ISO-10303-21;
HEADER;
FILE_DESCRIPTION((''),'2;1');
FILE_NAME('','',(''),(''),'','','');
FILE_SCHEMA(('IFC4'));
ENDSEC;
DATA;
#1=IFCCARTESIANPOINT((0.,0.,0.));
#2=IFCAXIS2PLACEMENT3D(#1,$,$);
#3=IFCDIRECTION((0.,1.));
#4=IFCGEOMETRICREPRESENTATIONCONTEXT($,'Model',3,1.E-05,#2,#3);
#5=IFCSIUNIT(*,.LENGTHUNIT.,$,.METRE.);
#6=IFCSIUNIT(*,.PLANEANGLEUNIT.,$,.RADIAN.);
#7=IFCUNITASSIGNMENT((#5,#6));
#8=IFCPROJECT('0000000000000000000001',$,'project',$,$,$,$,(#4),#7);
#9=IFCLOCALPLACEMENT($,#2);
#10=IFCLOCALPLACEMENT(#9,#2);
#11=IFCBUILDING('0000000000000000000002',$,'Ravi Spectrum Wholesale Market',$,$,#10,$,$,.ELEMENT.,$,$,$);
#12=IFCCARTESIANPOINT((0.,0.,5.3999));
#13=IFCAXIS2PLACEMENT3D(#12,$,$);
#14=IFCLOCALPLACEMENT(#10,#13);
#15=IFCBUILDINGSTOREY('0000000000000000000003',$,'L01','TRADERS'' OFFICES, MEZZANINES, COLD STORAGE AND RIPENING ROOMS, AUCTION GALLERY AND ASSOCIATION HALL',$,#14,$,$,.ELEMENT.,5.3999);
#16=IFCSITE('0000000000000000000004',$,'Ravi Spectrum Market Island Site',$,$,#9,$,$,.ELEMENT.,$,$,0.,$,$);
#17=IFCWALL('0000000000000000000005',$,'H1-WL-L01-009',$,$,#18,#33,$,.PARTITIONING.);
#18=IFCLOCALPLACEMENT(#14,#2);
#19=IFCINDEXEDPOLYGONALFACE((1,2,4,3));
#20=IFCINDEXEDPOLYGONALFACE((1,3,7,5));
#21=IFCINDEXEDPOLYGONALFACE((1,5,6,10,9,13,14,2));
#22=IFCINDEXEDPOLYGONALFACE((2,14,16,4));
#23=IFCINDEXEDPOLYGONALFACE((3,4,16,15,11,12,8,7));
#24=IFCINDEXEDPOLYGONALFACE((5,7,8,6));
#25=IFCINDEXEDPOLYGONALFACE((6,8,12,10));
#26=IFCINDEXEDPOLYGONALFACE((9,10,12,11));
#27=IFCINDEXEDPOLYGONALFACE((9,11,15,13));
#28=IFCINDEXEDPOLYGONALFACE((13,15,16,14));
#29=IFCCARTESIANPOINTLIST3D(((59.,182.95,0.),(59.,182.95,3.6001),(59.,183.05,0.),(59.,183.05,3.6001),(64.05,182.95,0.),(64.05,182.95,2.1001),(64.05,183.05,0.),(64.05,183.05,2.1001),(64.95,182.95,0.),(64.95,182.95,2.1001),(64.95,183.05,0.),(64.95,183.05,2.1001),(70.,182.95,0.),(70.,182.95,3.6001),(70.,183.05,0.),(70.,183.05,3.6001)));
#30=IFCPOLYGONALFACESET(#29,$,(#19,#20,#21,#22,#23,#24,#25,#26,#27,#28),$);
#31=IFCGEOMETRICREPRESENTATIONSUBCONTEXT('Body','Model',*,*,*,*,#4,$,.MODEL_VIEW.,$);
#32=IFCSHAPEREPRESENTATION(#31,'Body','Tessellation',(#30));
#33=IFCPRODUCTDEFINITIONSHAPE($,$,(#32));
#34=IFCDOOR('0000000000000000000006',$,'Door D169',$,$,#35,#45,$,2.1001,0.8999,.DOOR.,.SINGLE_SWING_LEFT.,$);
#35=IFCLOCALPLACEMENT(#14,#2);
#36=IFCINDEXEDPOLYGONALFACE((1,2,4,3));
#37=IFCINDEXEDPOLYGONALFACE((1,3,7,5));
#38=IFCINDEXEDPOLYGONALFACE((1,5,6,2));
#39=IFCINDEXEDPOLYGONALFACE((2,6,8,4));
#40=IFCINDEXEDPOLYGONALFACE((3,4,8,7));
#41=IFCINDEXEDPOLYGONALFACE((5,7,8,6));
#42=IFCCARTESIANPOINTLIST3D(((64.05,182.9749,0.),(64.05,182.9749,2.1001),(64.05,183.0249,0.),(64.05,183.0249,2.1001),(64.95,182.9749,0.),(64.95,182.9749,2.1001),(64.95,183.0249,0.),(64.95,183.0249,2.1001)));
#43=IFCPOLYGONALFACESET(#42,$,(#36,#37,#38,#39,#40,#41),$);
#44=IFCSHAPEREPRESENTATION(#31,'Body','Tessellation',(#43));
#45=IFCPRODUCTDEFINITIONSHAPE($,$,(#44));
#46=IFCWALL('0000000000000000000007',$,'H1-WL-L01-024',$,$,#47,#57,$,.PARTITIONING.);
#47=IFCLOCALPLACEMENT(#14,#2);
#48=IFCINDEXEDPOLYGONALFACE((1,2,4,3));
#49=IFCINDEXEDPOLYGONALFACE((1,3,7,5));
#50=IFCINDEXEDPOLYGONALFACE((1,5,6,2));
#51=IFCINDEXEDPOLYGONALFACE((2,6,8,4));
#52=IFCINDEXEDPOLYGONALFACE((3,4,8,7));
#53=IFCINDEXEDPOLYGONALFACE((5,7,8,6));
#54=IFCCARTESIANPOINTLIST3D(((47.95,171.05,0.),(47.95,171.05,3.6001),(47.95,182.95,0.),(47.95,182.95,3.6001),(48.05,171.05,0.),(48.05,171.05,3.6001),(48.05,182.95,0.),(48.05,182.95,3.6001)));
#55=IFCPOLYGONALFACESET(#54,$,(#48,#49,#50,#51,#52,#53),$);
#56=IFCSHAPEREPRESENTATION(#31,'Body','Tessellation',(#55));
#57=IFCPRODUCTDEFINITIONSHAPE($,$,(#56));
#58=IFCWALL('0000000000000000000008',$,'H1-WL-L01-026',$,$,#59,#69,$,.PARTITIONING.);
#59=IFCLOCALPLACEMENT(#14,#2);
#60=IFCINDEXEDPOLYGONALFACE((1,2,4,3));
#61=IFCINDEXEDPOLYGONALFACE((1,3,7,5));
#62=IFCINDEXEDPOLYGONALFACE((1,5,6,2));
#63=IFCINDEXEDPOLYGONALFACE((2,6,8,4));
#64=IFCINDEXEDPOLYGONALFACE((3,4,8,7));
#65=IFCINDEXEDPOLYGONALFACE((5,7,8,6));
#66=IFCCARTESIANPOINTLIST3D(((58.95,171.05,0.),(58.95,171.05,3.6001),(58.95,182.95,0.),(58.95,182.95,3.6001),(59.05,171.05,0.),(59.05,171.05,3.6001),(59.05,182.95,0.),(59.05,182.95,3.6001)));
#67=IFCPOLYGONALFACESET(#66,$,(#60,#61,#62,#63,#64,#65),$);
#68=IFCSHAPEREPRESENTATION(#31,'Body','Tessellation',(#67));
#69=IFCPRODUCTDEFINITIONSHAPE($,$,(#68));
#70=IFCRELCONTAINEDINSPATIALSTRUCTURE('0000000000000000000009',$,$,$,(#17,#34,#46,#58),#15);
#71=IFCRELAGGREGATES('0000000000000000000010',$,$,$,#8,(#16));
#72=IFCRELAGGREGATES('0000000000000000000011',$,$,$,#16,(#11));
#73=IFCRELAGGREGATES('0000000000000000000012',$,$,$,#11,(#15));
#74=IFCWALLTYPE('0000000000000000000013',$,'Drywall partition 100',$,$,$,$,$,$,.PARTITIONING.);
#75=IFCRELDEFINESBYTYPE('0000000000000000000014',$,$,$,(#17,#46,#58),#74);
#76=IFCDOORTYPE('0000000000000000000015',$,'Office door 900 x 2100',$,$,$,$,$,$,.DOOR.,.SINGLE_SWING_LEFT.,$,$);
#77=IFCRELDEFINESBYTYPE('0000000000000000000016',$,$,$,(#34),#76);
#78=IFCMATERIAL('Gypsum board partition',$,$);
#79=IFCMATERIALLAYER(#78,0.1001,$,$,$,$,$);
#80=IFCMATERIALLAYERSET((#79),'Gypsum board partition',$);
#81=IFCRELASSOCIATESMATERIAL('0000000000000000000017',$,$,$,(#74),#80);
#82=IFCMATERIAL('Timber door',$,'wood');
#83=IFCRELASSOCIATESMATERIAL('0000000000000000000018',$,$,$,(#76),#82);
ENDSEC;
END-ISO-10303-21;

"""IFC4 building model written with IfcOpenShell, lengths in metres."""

from ifc_helpers import new_model, si_unit, direction, frame, frame_2d, origin, place, context, subcontext, project, spatial, rectangle, extrude, material, layer, layer_set, type_object, element, fill, save


model = new_model("IFC4")

# Units and contexts
model_context = context("Model", 3, precision=1e-05, world=origin(), true_north=direction((0.0, 1.0)))
body_context = subcontext(model_context, "Body", "Model", "MODEL_VIEW")
ifc_project = project(units=[si_unit("LENGTHUNIT", "METRE"), si_unit("PLANEANGLEUNIT", "RADIAN")], contexts=[model_context])

# Site, building, storey
site_placement = place(None, origin())
site = spatial("IfcSite", under=ifc_project, at=site_placement, Name="Ravi Spectrum Market Island Site", CompositionType="ELEMENT", RefElevation=0.0)
building_placement = place(site_placement, origin())
building = spatial("IfcBuilding", under=site, at=building_placement, Name="Ravi Spectrum Wholesale Market", CompositionType="ELEMENT")
storey_placement = place(building_placement, frame((0.0, 0.0, 5.3999)))
storey = spatial("IfcBuildingStorey", under=building, at=storey_placement, Name="L01", Description="TRADERS' OFFICES, MEZZANINES, COLD STORAGE AND RIPENING ROOMS, AUCTION GALLERY AND ASSOCIATION HALL", CompositionType="ELEMENT", Elevation=5.3999)

# Shared definitions
ifc_material_1 = material(Name="Gypsum board partition")
ifc_layer = layer(ifc_material_1, 0.1001)
ifc_layer_set = layer_set([ifc_layer], Name="Gypsum board partition")
wall_type = type_object("IfcWallType", Name="Drywall partition 100", PredefinedType="PARTITIONING", material=ifc_layer_set)

# Wall, opening, door
ifc_material_2 = material(Name="Timber door", Category="wood")
door_type = type_object("IfcDoorType", Name="Office door 900 x 2100", OperationType="SINGLE_SWING_LEFT", PredefinedType="DOOR", material=ifc_material_2)
wall_1_placement = place(storey_placement, frame((59.0, 183.0, 0.0), z_axis=(0.0, 0.0, 1.0), x_axis=(1.0, 0.0, 0.0)))
wall_1 = element("IfcWall", 1, at=wall_1_placement, inside=storey, type_object=wall_type, Name="H1-WL-L01-009", PredefinedType="PARTITIONING", context=body_context, shape_type="SweptSolid", body=[
    extrude(rectangle(XDim=11.0, YDim=0.1001, at=frame_2d((5.5, 0.0))), origin(), (0.0, 0.0, 1.0), 3.6001),
])
opening_1_placement = place(wall_1_placement, frame((5.05, 0.0, 0.0)))
opening_1 = element("IfcOpeningElement", 2, at=opening_1_placement, cuts=wall_1, PredefinedType="OPENING", context=body_context, shape_type="SweptSolid", body=[
    extrude(rectangle(XDim=0.8999, YDim=2.1001, at=frame_2d((0.45, 1.05))), frame((0.0, 0.0601, 0.0), z_axis=(0.0, -1.0, 0.0), x_axis=(1.0, 0.0, 0.0)), (0.0, 0.0, 1.0), 0.1201),
])
door_1_placement = place(opening_1_placement, origin())
door_1 = element("IfcDoor", 3, at=door_1_placement, inside=storey, type_object=door_type, Name="Door D169", OperationType="SINGLE_SWING_LEFT", OverallHeight=2.1001, OverallWidth=0.8999, PredefinedType="DOOR", context=body_context, shape_type="SweptSolid", body=[
    extrude(rectangle(XDim=0.8999, YDim=2.1001, at=frame_2d((0.45, 1.05))), frame((0.0, 0.0249, 0.0), z_axis=(0.0, -1.0, 0.0), x_axis=(1.0, 0.0, 0.0)), (0.0, 0.0, 1.0), 0.05),
])
fill(opening_1, door_1)

# Walls
for number, where, z_axis, x_axis, name in (
    (4, (48.0, 171.05, 0.0), (0.0, 0.0, 1.0), (0.0, 1.0, 0.0), "H1-WL-L01-024"),
    (5, (59.0, 171.05, 0.0), (0.0, 0.0, 1.0), (0.0, 1.0, 0.0), "H1-WL-L01-026"),
):
    element("IfcWall", number, at=place(storey_placement, frame(where, z_axis=z_axis, x_axis=x_axis)), inside=storey, type_object=wall_type, Name=name, PredefinedType="PARTITIONING", context=body_context, shape_type="SweptSolid", body=[
        extrude(rectangle(XDim=11.8999, YDim=0.1001, at=frame_2d((5.95, 0.0))), origin(), (0.0, 0.0, 1.0), 3.6001),
    ])

save(model, "model.ifc")
